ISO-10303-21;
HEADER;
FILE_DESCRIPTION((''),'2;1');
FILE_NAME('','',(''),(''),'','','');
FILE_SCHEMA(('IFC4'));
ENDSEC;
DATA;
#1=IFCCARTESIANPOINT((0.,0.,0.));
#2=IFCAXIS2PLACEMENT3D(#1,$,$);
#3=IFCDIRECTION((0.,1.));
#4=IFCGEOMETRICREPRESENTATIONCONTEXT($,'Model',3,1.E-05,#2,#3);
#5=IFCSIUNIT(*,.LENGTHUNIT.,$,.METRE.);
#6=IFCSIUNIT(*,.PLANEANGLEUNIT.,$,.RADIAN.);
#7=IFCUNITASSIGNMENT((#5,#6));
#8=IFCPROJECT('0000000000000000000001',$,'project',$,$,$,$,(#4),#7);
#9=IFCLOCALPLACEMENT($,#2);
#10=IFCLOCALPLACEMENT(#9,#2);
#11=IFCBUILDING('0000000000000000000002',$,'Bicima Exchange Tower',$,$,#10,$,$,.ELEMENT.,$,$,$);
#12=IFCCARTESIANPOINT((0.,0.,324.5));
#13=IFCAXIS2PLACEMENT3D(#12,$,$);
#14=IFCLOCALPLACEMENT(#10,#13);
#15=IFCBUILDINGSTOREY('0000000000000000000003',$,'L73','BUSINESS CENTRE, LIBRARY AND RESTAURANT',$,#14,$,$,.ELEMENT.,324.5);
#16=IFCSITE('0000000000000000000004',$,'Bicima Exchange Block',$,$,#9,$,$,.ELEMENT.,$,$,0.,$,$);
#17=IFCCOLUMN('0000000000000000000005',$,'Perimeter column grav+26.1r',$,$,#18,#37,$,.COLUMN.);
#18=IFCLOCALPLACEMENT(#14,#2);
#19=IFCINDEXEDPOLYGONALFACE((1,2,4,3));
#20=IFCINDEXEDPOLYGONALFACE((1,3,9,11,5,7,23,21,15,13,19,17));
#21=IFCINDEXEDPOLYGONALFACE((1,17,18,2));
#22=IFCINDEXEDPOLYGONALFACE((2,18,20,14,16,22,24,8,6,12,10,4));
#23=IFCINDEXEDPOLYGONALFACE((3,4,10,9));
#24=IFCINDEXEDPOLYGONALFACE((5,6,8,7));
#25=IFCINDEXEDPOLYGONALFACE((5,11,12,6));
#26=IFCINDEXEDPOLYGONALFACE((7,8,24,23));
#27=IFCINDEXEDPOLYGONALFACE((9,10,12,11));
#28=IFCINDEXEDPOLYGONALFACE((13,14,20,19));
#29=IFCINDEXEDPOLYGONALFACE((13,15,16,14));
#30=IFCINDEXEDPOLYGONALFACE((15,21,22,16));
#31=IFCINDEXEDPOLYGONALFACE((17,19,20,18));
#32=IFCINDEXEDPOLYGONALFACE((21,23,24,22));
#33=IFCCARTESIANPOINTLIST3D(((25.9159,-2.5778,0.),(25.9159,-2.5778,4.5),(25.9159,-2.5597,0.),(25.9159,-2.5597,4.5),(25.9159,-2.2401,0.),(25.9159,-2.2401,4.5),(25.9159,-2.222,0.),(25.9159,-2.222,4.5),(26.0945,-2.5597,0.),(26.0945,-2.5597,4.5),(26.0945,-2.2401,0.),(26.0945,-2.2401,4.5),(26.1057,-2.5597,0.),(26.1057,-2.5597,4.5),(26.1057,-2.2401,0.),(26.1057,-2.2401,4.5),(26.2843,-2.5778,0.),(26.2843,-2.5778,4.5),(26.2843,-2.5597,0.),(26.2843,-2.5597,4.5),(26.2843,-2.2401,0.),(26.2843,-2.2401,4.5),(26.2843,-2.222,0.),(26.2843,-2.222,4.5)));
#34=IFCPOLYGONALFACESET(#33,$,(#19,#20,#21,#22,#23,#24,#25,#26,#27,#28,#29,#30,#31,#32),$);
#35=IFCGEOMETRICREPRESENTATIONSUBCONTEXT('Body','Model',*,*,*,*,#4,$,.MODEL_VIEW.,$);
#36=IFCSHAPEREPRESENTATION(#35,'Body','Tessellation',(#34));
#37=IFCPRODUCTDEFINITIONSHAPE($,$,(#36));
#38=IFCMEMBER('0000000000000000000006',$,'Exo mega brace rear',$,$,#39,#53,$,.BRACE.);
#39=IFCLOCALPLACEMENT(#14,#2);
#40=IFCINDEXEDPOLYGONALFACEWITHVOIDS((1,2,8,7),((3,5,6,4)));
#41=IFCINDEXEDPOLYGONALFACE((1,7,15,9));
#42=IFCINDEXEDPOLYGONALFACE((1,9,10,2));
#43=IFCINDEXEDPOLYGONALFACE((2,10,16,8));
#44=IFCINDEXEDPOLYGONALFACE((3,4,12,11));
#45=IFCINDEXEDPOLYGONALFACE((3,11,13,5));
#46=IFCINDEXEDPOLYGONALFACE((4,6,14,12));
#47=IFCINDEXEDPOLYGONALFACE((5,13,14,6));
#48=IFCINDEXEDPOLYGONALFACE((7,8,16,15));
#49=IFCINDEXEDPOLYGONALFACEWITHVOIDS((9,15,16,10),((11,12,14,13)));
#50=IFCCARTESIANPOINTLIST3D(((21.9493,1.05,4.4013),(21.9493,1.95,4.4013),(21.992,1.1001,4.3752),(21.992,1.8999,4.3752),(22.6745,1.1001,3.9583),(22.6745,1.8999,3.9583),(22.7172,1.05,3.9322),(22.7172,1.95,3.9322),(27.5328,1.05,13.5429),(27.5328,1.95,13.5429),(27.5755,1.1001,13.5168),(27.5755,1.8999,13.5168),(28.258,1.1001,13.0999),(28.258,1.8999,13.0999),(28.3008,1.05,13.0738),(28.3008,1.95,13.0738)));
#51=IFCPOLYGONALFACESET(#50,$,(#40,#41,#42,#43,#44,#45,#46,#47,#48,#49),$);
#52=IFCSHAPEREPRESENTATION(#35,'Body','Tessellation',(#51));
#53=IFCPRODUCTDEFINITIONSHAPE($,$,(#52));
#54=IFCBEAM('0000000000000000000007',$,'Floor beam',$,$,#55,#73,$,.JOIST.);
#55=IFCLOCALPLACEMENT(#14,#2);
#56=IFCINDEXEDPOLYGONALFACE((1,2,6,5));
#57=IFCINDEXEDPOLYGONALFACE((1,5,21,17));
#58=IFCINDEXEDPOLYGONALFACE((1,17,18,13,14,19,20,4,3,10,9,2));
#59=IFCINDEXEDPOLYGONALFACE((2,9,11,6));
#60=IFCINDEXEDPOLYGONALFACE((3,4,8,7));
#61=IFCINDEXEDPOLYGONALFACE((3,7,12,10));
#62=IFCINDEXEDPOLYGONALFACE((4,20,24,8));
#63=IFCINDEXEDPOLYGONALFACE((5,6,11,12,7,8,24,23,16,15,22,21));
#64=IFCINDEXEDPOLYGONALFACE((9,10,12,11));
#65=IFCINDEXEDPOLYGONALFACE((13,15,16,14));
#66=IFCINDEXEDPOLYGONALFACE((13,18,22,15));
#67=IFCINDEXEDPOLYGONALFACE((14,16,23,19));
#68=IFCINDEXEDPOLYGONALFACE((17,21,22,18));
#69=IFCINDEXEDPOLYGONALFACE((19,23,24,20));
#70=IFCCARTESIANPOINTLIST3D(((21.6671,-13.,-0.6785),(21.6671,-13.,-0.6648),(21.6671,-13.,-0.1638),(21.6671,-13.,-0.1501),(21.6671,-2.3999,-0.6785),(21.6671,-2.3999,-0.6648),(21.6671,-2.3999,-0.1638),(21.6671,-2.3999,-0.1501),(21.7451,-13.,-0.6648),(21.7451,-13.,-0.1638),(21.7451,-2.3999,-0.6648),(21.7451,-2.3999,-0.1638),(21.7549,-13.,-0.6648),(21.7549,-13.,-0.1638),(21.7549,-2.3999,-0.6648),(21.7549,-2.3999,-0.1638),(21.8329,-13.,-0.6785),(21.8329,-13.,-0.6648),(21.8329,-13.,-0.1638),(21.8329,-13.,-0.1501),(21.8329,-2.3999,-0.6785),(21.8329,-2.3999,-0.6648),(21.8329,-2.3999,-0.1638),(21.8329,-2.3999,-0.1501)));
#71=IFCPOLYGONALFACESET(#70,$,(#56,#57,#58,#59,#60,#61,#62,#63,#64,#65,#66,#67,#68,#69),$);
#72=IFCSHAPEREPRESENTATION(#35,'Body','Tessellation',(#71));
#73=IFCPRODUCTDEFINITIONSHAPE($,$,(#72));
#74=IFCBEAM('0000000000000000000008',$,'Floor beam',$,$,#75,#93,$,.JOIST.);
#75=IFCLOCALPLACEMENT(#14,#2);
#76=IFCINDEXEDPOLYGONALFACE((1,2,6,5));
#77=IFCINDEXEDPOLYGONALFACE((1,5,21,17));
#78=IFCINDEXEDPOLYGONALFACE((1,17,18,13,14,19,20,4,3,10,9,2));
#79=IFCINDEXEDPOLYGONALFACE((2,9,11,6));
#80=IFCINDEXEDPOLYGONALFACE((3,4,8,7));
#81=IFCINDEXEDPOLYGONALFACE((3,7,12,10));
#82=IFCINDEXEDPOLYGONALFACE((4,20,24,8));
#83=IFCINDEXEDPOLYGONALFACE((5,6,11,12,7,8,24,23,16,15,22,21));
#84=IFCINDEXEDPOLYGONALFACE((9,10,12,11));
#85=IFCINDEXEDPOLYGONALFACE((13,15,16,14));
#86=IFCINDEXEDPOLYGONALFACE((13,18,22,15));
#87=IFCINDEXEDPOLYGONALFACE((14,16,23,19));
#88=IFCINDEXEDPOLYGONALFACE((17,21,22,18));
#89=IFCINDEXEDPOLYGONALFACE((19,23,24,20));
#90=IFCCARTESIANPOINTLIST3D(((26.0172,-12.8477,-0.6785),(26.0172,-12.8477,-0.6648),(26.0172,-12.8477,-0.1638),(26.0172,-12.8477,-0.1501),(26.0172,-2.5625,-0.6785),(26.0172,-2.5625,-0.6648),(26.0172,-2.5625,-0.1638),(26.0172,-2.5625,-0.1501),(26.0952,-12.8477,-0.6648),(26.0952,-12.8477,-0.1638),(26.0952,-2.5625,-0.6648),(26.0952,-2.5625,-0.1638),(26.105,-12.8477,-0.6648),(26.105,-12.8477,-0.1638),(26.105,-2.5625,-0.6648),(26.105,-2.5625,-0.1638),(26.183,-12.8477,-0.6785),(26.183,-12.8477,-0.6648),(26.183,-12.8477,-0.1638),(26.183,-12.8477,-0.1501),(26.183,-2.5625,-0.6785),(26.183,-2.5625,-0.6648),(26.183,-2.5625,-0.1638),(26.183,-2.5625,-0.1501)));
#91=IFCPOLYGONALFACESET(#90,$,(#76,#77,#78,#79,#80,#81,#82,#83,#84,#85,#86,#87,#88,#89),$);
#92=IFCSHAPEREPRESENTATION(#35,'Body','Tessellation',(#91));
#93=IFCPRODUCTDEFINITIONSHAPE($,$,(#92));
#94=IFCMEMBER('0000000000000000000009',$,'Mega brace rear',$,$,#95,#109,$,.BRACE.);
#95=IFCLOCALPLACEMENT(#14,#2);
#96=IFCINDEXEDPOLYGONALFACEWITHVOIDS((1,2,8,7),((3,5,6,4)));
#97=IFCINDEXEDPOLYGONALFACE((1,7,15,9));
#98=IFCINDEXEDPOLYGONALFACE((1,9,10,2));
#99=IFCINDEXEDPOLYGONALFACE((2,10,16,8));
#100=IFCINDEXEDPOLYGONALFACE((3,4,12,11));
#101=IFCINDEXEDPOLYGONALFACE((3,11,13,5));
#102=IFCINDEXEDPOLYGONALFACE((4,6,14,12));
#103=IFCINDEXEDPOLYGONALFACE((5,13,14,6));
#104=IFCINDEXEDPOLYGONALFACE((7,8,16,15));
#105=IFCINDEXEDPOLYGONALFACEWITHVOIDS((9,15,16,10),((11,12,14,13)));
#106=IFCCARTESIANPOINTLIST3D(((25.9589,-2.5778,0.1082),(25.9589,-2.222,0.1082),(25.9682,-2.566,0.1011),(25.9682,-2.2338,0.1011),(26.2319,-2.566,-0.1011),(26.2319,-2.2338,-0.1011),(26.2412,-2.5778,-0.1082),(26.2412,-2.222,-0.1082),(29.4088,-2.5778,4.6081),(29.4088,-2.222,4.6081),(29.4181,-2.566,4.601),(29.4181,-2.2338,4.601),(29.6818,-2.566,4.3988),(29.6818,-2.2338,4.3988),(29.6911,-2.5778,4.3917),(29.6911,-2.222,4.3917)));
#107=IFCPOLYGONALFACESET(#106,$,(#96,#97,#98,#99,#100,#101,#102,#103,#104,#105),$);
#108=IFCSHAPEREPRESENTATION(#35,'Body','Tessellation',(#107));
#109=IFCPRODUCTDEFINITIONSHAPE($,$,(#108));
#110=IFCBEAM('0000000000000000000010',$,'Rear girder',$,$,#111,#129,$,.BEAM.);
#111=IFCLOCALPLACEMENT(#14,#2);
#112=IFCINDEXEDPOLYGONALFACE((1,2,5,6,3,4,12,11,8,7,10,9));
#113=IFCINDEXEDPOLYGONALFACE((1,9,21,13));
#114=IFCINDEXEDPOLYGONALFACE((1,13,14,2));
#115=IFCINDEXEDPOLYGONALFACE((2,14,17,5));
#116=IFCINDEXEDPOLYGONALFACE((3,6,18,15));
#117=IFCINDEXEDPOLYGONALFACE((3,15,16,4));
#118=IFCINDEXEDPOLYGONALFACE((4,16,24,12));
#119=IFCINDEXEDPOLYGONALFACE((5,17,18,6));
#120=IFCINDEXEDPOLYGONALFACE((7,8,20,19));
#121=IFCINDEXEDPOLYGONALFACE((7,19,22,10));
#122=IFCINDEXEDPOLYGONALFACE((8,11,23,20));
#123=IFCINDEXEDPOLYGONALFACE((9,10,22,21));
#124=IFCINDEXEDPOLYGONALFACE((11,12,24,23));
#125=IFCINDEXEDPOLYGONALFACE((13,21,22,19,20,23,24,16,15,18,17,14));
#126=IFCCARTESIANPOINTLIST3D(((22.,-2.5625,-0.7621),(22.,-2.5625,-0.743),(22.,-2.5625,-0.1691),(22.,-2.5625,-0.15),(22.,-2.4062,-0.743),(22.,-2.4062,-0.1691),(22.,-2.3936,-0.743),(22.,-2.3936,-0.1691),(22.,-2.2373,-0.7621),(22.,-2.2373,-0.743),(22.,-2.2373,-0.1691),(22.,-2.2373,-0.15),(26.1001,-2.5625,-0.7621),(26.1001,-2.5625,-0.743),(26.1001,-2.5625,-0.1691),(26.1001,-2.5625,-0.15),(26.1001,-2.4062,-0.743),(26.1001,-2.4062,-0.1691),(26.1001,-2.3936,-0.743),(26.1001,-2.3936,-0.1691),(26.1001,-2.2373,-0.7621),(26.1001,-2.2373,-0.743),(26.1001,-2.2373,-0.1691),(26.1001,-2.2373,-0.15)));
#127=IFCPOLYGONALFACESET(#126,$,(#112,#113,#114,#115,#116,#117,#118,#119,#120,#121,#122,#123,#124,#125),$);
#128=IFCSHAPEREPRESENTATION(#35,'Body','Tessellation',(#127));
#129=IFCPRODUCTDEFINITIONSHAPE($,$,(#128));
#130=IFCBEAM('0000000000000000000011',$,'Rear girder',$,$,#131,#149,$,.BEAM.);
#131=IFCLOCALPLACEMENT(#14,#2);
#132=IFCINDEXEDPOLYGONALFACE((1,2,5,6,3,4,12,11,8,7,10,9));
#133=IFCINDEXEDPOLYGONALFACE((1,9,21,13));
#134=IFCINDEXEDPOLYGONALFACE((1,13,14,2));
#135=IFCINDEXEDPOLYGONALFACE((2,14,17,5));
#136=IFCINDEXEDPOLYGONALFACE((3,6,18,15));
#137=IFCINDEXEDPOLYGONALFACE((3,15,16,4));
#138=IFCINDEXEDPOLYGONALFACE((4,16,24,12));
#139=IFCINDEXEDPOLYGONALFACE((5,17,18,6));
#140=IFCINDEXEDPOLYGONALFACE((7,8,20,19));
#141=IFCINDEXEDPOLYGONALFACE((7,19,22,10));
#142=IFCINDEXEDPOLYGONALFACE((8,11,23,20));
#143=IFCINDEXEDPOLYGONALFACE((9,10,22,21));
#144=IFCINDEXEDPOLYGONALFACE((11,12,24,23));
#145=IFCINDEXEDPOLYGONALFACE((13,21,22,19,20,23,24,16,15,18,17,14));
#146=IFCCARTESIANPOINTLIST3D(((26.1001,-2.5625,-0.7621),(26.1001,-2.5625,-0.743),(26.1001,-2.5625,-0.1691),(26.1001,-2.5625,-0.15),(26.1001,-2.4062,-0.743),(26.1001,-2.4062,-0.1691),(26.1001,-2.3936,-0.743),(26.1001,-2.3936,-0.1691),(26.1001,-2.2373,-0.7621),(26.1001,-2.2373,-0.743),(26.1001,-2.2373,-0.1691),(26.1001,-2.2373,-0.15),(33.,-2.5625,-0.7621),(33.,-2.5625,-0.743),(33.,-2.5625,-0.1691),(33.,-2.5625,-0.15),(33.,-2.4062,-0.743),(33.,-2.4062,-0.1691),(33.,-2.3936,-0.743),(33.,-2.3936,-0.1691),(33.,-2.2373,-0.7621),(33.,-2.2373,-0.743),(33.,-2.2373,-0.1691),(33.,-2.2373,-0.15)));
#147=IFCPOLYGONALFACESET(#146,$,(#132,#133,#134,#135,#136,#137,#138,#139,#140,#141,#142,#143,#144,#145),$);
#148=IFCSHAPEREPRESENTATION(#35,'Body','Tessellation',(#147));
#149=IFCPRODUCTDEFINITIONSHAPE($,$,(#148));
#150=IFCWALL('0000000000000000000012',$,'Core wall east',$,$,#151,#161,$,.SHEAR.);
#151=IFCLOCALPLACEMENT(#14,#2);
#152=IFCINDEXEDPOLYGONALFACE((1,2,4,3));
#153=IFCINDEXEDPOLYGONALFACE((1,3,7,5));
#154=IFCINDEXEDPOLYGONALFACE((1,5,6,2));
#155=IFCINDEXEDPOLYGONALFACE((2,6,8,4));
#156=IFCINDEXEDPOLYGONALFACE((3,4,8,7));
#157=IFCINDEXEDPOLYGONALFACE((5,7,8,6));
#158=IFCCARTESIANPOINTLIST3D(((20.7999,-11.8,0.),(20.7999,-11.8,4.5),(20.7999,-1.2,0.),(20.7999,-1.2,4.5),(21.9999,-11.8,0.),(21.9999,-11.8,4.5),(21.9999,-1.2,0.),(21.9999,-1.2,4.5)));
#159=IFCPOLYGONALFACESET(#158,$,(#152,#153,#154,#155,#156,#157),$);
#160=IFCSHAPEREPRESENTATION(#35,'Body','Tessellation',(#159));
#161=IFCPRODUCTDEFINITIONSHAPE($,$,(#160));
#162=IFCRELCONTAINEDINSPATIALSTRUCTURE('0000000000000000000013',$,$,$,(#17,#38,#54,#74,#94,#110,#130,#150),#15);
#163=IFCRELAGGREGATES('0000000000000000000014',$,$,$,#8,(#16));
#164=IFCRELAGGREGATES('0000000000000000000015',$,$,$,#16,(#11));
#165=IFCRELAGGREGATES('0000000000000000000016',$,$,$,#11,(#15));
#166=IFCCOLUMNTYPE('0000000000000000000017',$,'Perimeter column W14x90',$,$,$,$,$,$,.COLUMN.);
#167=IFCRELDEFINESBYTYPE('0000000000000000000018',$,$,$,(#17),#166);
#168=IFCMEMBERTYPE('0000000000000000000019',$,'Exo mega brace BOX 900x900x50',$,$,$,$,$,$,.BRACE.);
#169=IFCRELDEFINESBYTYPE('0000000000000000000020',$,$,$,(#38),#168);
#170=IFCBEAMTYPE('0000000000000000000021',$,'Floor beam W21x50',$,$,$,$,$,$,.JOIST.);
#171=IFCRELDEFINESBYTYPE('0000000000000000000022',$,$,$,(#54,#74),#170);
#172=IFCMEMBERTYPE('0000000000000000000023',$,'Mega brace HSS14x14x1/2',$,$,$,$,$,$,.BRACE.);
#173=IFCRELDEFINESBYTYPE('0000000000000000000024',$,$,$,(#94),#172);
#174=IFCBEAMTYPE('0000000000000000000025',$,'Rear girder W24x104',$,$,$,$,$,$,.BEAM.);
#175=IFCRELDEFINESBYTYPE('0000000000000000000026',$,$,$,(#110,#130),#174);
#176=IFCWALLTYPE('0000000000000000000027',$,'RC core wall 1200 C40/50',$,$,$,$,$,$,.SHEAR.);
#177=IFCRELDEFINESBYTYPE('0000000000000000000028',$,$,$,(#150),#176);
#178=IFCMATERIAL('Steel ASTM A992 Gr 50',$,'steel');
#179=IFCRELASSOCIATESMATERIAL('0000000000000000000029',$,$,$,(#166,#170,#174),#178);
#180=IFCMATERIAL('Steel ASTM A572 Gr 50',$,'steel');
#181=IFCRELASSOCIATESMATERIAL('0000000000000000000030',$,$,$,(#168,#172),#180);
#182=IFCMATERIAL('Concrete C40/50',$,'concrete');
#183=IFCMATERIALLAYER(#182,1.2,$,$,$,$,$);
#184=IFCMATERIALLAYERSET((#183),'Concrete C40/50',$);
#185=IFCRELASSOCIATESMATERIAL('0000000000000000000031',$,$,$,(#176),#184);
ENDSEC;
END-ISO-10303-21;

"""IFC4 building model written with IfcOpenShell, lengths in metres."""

from ifc_helpers import new_model, si_unit, direction, frame, frame_2d, origin, origin_2d, place, context, subcontext, project, spatial, rectangle, hollow_rectangle, i_section, extrude, material, layer, layer_set, material_profile, profile_set, type_object, element, save


model = new_model("IFC4")

# Units and contexts
model_context = context("Model", 3, precision=1e-05, world=origin(), true_north=direction((0.0, 1.0)))
body_context = subcontext(model_context, "Body", "Model", "MODEL_VIEW")
ifc_project = project(units=[si_unit("LENGTHUNIT", "METRE"), si_unit("PLANEANGLEUNIT", "RADIAN")], contexts=[model_context])

# Site, building, storey
site_placement = place(None, origin())
site = spatial("IfcSite", under=ifc_project, at=site_placement, Name="Bicima Exchange Block", CompositionType="ELEMENT", RefElevation=0.0)
building_placement = place(site_placement, origin())
building = spatial("IfcBuilding", under=site, at=building_placement, Name="Bicima Exchange Tower", CompositionType="ELEMENT")
storey_placement = place(building_placement, frame((0.0, 0.0, 324.5)))
storey = spatial("IfcBuildingStorey", under=building, at=storey_placement, Name="L73", Description="BUSINESS CENTRE, LIBRARY AND RESTAURANT", CompositionType="ELEMENT", Elevation=324.5)

# Column
ifc_material_1 = material(Name="Steel ASTM A992 Gr 50", Category="steel")
ifc_material_profile_1 = material_profile(ifc_material_1, i_section(OverallWidth=0.3684, OverallDepth=0.3557, WebThickness=0.0112, FlangeThickness=0.0181, at=origin_2d()))
ifc_profile_set_1 = profile_set([ifc_material_profile_1], Name="Steel ASTM A992 Gr 50")
column_type = type_object("IfcColumnType", Name="Perimeter column W14x90", PredefinedType="COLUMN", material=ifc_profile_set_1)
column_placement = place(storey_placement, frame((26.1001, -2.3999, 0.0), z_axis=(0.0, 0.0, 1.0), x_axis=(1.0, 0.0, 0.0)))
element("IfcColumn", 1, at=column_placement, inside=storey, type_object=column_type, Name="Perimeter column grav+26.1r", PredefinedType="COLUMN", context=body_context, shape_type="SweptSolid", body=[
    extrude(i_section(OverallWidth=0.3684, OverallDepth=0.3557, WebThickness=0.0112, FlangeThickness=0.0181, at=origin_2d()), origin(), (0.0, 0.0, 1.0), 4.5),
])

# Member
ifc_material_2 = material(Name="Steel ASTM A572 Gr 50", Category="steel")
ifc_material_profile_2 = material_profile(ifc_material_2, hollow_rectangle(XDim=0.8999, YDim=0.8999, WallThickness=0.05, at=origin_2d()))
ifc_profile_set_2 = profile_set([ifc_material_profile_2], Name="Steel ASTM A572 Gr 50")
member_type_1 = type_object("IfcMemberType", Name="Exo mega brace BOX 900x900x50", PredefinedType="BRACE", material=ifc_profile_set_2)
member_1_placement = place(storey_placement, frame((22.3333, 1.5, 4.1667), z_axis=(0.521243, 0.0, 0.853408), x_axis=(0.0, 1.0, 0.0)))
element("IfcMember", 2, at=member_1_placement, inside=storey, type_object=member_type_1, Name="Exo mega brace rear", PredefinedType="BRACE", context=body_context, shape_type="SweptSolid", body=[
    extrude(hollow_rectangle(XDim=0.8999, YDim=0.8999, WallThickness=0.05, at=origin_2d()), origin(), (0.0, 0.0, 1.0), 10.7119),
])

# Beams
ifc_material_profile_3 = material_profile(ifc_material_1, i_section(OverallWidth=0.1658, OverallDepth=0.5283, WebThickness=0.0098, FlangeThickness=0.0137, at=origin_2d()))
ifc_profile_set_3 = profile_set([ifc_material_profile_3], Name="Steel ASTM A992 Gr 50")
beam_type_1 = type_object("IfcBeamType", Name="Floor beam W21x50", PredefinedType="JOIST", material=ifc_profile_set_3)
beam_1_placement = place(storey_placement, frame((21.75, -2.3999, -0.4143), z_axis=(0.0, -1.0, 0.0), x_axis=(1.0, 0.0, 0.0)))
element("IfcBeam", 3, at=beam_1_placement, inside=storey, type_object=beam_type_1, Name="Floor beam", PredefinedType="JOIST", context=body_context, shape_type="SweptSolid", body=[
    extrude(i_section(OverallWidth=0.1658, OverallDepth=0.5283, WebThickness=0.0098, FlangeThickness=0.0137, at=origin_2d()), origin(), (0.0, 0.0, 1.0), 10.6001),
])
beam_2_placement = place(storey_placement, frame((26.1001, -2.5625, -0.4143), z_axis=(0.0, -1.0, 0.0), x_axis=(1.0, 0.0, 0.0)))
element("IfcBeam", 4, at=beam_2_placement, inside=storey, type_object=beam_type_1, Name="Floor beam", PredefinedType="JOIST", context=body_context, shape_type="SweptSolid", body=[
    extrude(i_section(OverallWidth=0.1658, OverallDepth=0.5283, WebThickness=0.0098, FlangeThickness=0.0137, at=origin_2d()), origin(), (0.0, 0.0, 1.0), 10.2852),
])

# Member
ifc_material_profile_4 = material_profile(ifc_material_2, hollow_rectangle(XDim=0.3557, YDim=0.3557, WallThickness=0.0117, at=origin_2d()))
ifc_profile_set_4 = profile_set([ifc_material_profile_4], Name="Steel ASTM A572 Gr 50")
member_type_2 = type_object("IfcMemberType", Name="Mega brace HSS14x14x1/2", PredefinedType="BRACE", material=ifc_profile_set_4)
member_2_placement = place(storey_placement, frame((26.1001, -2.3999, 0.0), z_axis=(0.608426, 0.0, 0.793611), x_axis=(0.0, 1.0, 0.0)))
element("IfcMember", 5, at=member_2_placement, inside=storey, type_object=member_type_2, Name="Mega brace rear", PredefinedType="BRACE", context=body_context, shape_type="SweptSolid", body=[
    extrude(hollow_rectangle(XDim=0.3557, YDim=0.3557, WallThickness=0.0117, at=origin_2d()), origin(), (0.0, 0.0, 1.0), 5.6702),
])

# Beams
ifc_material_profile_5 = material_profile(ifc_material_1, i_section(OverallWidth=0.3252, OverallDepth=0.6121, WebThickness=0.0127, FlangeThickness=0.019, at=origin_2d()))
ifc_profile_set_5 = profile_set([ifc_material_profile_5], Name="Steel ASTM A992 Gr 50")
beam_type_2 = type_object("IfcBeamType", Name="Rear girder W24x104", PredefinedType="BEAM", material=ifc_profile_set_5)
beam_3_placement = place(storey_placement, frame((22.0, -2.3999, -0.4561), z_axis=(1.0, 0.0, 0.0), x_axis=(0.0, 1.0, 0.0)))
element("IfcBeam", 6, at=beam_3_placement, inside=storey, type_object=beam_type_2, Name="Rear girder", PredefinedType="BEAM", context=body_context, shape_type="SweptSolid", body=[
    extrude(i_section(OverallWidth=0.3252, OverallDepth=0.6121, WebThickness=0.0127, FlangeThickness=0.019, at=origin_2d()), origin(), (0.0, 0.0, 1.0), 4.1001),
])
beam_4_placement = place(storey_placement, frame((26.1001, -2.3999, -0.4561), z_axis=(1.0, 0.0, 0.0), x_axis=(0.0, 1.0, 0.0)))
element("IfcBeam", 7, at=beam_4_placement, inside=storey, type_object=beam_type_2, Name="Rear girder", PredefinedType="BEAM", context=body_context, shape_type="SweptSolid", body=[
    extrude(i_section(OverallWidth=0.3252, OverallDepth=0.6121, WebThickness=0.0127, FlangeThickness=0.019, at=origin_2d()), origin(), (0.0, 0.0, 1.0), 6.8999),
])

# Wall
ifc_material_3 = material(Name="Concrete C40/50", Category="concrete")
ifc_layer_1 = layer(ifc_material_3, 1.2)
ifc_layer_set_1 = layer_set([ifc_layer_1], Name="Concrete C40/50")
wall_type_1 = type_object("IfcWallType", Name="RC core wall 1200 C40/50", PredefinedType="SHEAR", material=ifc_layer_set_1)
wall_1_placement = place(storey_placement, frame((21.3999, -11.8, 0.0), z_axis=(0.0, 0.0, 1.0), x_axis=(0.0, 1.0, 0.0)))
element("IfcWall", 8, at=wall_1_placement, inside=storey, type_object=wall_type_1, Name="Core wall east", PredefinedType="SHEAR", context=body_context, shape_type="SweptSolid", body=[
    extrude(rectangle(XDim=10.6001, YDim=1.2, at=frame_2d((5.3, 0.0))), origin(), (0.0, 0.0, 1.0), 4.5),
])

save(model, "model.ifc")
